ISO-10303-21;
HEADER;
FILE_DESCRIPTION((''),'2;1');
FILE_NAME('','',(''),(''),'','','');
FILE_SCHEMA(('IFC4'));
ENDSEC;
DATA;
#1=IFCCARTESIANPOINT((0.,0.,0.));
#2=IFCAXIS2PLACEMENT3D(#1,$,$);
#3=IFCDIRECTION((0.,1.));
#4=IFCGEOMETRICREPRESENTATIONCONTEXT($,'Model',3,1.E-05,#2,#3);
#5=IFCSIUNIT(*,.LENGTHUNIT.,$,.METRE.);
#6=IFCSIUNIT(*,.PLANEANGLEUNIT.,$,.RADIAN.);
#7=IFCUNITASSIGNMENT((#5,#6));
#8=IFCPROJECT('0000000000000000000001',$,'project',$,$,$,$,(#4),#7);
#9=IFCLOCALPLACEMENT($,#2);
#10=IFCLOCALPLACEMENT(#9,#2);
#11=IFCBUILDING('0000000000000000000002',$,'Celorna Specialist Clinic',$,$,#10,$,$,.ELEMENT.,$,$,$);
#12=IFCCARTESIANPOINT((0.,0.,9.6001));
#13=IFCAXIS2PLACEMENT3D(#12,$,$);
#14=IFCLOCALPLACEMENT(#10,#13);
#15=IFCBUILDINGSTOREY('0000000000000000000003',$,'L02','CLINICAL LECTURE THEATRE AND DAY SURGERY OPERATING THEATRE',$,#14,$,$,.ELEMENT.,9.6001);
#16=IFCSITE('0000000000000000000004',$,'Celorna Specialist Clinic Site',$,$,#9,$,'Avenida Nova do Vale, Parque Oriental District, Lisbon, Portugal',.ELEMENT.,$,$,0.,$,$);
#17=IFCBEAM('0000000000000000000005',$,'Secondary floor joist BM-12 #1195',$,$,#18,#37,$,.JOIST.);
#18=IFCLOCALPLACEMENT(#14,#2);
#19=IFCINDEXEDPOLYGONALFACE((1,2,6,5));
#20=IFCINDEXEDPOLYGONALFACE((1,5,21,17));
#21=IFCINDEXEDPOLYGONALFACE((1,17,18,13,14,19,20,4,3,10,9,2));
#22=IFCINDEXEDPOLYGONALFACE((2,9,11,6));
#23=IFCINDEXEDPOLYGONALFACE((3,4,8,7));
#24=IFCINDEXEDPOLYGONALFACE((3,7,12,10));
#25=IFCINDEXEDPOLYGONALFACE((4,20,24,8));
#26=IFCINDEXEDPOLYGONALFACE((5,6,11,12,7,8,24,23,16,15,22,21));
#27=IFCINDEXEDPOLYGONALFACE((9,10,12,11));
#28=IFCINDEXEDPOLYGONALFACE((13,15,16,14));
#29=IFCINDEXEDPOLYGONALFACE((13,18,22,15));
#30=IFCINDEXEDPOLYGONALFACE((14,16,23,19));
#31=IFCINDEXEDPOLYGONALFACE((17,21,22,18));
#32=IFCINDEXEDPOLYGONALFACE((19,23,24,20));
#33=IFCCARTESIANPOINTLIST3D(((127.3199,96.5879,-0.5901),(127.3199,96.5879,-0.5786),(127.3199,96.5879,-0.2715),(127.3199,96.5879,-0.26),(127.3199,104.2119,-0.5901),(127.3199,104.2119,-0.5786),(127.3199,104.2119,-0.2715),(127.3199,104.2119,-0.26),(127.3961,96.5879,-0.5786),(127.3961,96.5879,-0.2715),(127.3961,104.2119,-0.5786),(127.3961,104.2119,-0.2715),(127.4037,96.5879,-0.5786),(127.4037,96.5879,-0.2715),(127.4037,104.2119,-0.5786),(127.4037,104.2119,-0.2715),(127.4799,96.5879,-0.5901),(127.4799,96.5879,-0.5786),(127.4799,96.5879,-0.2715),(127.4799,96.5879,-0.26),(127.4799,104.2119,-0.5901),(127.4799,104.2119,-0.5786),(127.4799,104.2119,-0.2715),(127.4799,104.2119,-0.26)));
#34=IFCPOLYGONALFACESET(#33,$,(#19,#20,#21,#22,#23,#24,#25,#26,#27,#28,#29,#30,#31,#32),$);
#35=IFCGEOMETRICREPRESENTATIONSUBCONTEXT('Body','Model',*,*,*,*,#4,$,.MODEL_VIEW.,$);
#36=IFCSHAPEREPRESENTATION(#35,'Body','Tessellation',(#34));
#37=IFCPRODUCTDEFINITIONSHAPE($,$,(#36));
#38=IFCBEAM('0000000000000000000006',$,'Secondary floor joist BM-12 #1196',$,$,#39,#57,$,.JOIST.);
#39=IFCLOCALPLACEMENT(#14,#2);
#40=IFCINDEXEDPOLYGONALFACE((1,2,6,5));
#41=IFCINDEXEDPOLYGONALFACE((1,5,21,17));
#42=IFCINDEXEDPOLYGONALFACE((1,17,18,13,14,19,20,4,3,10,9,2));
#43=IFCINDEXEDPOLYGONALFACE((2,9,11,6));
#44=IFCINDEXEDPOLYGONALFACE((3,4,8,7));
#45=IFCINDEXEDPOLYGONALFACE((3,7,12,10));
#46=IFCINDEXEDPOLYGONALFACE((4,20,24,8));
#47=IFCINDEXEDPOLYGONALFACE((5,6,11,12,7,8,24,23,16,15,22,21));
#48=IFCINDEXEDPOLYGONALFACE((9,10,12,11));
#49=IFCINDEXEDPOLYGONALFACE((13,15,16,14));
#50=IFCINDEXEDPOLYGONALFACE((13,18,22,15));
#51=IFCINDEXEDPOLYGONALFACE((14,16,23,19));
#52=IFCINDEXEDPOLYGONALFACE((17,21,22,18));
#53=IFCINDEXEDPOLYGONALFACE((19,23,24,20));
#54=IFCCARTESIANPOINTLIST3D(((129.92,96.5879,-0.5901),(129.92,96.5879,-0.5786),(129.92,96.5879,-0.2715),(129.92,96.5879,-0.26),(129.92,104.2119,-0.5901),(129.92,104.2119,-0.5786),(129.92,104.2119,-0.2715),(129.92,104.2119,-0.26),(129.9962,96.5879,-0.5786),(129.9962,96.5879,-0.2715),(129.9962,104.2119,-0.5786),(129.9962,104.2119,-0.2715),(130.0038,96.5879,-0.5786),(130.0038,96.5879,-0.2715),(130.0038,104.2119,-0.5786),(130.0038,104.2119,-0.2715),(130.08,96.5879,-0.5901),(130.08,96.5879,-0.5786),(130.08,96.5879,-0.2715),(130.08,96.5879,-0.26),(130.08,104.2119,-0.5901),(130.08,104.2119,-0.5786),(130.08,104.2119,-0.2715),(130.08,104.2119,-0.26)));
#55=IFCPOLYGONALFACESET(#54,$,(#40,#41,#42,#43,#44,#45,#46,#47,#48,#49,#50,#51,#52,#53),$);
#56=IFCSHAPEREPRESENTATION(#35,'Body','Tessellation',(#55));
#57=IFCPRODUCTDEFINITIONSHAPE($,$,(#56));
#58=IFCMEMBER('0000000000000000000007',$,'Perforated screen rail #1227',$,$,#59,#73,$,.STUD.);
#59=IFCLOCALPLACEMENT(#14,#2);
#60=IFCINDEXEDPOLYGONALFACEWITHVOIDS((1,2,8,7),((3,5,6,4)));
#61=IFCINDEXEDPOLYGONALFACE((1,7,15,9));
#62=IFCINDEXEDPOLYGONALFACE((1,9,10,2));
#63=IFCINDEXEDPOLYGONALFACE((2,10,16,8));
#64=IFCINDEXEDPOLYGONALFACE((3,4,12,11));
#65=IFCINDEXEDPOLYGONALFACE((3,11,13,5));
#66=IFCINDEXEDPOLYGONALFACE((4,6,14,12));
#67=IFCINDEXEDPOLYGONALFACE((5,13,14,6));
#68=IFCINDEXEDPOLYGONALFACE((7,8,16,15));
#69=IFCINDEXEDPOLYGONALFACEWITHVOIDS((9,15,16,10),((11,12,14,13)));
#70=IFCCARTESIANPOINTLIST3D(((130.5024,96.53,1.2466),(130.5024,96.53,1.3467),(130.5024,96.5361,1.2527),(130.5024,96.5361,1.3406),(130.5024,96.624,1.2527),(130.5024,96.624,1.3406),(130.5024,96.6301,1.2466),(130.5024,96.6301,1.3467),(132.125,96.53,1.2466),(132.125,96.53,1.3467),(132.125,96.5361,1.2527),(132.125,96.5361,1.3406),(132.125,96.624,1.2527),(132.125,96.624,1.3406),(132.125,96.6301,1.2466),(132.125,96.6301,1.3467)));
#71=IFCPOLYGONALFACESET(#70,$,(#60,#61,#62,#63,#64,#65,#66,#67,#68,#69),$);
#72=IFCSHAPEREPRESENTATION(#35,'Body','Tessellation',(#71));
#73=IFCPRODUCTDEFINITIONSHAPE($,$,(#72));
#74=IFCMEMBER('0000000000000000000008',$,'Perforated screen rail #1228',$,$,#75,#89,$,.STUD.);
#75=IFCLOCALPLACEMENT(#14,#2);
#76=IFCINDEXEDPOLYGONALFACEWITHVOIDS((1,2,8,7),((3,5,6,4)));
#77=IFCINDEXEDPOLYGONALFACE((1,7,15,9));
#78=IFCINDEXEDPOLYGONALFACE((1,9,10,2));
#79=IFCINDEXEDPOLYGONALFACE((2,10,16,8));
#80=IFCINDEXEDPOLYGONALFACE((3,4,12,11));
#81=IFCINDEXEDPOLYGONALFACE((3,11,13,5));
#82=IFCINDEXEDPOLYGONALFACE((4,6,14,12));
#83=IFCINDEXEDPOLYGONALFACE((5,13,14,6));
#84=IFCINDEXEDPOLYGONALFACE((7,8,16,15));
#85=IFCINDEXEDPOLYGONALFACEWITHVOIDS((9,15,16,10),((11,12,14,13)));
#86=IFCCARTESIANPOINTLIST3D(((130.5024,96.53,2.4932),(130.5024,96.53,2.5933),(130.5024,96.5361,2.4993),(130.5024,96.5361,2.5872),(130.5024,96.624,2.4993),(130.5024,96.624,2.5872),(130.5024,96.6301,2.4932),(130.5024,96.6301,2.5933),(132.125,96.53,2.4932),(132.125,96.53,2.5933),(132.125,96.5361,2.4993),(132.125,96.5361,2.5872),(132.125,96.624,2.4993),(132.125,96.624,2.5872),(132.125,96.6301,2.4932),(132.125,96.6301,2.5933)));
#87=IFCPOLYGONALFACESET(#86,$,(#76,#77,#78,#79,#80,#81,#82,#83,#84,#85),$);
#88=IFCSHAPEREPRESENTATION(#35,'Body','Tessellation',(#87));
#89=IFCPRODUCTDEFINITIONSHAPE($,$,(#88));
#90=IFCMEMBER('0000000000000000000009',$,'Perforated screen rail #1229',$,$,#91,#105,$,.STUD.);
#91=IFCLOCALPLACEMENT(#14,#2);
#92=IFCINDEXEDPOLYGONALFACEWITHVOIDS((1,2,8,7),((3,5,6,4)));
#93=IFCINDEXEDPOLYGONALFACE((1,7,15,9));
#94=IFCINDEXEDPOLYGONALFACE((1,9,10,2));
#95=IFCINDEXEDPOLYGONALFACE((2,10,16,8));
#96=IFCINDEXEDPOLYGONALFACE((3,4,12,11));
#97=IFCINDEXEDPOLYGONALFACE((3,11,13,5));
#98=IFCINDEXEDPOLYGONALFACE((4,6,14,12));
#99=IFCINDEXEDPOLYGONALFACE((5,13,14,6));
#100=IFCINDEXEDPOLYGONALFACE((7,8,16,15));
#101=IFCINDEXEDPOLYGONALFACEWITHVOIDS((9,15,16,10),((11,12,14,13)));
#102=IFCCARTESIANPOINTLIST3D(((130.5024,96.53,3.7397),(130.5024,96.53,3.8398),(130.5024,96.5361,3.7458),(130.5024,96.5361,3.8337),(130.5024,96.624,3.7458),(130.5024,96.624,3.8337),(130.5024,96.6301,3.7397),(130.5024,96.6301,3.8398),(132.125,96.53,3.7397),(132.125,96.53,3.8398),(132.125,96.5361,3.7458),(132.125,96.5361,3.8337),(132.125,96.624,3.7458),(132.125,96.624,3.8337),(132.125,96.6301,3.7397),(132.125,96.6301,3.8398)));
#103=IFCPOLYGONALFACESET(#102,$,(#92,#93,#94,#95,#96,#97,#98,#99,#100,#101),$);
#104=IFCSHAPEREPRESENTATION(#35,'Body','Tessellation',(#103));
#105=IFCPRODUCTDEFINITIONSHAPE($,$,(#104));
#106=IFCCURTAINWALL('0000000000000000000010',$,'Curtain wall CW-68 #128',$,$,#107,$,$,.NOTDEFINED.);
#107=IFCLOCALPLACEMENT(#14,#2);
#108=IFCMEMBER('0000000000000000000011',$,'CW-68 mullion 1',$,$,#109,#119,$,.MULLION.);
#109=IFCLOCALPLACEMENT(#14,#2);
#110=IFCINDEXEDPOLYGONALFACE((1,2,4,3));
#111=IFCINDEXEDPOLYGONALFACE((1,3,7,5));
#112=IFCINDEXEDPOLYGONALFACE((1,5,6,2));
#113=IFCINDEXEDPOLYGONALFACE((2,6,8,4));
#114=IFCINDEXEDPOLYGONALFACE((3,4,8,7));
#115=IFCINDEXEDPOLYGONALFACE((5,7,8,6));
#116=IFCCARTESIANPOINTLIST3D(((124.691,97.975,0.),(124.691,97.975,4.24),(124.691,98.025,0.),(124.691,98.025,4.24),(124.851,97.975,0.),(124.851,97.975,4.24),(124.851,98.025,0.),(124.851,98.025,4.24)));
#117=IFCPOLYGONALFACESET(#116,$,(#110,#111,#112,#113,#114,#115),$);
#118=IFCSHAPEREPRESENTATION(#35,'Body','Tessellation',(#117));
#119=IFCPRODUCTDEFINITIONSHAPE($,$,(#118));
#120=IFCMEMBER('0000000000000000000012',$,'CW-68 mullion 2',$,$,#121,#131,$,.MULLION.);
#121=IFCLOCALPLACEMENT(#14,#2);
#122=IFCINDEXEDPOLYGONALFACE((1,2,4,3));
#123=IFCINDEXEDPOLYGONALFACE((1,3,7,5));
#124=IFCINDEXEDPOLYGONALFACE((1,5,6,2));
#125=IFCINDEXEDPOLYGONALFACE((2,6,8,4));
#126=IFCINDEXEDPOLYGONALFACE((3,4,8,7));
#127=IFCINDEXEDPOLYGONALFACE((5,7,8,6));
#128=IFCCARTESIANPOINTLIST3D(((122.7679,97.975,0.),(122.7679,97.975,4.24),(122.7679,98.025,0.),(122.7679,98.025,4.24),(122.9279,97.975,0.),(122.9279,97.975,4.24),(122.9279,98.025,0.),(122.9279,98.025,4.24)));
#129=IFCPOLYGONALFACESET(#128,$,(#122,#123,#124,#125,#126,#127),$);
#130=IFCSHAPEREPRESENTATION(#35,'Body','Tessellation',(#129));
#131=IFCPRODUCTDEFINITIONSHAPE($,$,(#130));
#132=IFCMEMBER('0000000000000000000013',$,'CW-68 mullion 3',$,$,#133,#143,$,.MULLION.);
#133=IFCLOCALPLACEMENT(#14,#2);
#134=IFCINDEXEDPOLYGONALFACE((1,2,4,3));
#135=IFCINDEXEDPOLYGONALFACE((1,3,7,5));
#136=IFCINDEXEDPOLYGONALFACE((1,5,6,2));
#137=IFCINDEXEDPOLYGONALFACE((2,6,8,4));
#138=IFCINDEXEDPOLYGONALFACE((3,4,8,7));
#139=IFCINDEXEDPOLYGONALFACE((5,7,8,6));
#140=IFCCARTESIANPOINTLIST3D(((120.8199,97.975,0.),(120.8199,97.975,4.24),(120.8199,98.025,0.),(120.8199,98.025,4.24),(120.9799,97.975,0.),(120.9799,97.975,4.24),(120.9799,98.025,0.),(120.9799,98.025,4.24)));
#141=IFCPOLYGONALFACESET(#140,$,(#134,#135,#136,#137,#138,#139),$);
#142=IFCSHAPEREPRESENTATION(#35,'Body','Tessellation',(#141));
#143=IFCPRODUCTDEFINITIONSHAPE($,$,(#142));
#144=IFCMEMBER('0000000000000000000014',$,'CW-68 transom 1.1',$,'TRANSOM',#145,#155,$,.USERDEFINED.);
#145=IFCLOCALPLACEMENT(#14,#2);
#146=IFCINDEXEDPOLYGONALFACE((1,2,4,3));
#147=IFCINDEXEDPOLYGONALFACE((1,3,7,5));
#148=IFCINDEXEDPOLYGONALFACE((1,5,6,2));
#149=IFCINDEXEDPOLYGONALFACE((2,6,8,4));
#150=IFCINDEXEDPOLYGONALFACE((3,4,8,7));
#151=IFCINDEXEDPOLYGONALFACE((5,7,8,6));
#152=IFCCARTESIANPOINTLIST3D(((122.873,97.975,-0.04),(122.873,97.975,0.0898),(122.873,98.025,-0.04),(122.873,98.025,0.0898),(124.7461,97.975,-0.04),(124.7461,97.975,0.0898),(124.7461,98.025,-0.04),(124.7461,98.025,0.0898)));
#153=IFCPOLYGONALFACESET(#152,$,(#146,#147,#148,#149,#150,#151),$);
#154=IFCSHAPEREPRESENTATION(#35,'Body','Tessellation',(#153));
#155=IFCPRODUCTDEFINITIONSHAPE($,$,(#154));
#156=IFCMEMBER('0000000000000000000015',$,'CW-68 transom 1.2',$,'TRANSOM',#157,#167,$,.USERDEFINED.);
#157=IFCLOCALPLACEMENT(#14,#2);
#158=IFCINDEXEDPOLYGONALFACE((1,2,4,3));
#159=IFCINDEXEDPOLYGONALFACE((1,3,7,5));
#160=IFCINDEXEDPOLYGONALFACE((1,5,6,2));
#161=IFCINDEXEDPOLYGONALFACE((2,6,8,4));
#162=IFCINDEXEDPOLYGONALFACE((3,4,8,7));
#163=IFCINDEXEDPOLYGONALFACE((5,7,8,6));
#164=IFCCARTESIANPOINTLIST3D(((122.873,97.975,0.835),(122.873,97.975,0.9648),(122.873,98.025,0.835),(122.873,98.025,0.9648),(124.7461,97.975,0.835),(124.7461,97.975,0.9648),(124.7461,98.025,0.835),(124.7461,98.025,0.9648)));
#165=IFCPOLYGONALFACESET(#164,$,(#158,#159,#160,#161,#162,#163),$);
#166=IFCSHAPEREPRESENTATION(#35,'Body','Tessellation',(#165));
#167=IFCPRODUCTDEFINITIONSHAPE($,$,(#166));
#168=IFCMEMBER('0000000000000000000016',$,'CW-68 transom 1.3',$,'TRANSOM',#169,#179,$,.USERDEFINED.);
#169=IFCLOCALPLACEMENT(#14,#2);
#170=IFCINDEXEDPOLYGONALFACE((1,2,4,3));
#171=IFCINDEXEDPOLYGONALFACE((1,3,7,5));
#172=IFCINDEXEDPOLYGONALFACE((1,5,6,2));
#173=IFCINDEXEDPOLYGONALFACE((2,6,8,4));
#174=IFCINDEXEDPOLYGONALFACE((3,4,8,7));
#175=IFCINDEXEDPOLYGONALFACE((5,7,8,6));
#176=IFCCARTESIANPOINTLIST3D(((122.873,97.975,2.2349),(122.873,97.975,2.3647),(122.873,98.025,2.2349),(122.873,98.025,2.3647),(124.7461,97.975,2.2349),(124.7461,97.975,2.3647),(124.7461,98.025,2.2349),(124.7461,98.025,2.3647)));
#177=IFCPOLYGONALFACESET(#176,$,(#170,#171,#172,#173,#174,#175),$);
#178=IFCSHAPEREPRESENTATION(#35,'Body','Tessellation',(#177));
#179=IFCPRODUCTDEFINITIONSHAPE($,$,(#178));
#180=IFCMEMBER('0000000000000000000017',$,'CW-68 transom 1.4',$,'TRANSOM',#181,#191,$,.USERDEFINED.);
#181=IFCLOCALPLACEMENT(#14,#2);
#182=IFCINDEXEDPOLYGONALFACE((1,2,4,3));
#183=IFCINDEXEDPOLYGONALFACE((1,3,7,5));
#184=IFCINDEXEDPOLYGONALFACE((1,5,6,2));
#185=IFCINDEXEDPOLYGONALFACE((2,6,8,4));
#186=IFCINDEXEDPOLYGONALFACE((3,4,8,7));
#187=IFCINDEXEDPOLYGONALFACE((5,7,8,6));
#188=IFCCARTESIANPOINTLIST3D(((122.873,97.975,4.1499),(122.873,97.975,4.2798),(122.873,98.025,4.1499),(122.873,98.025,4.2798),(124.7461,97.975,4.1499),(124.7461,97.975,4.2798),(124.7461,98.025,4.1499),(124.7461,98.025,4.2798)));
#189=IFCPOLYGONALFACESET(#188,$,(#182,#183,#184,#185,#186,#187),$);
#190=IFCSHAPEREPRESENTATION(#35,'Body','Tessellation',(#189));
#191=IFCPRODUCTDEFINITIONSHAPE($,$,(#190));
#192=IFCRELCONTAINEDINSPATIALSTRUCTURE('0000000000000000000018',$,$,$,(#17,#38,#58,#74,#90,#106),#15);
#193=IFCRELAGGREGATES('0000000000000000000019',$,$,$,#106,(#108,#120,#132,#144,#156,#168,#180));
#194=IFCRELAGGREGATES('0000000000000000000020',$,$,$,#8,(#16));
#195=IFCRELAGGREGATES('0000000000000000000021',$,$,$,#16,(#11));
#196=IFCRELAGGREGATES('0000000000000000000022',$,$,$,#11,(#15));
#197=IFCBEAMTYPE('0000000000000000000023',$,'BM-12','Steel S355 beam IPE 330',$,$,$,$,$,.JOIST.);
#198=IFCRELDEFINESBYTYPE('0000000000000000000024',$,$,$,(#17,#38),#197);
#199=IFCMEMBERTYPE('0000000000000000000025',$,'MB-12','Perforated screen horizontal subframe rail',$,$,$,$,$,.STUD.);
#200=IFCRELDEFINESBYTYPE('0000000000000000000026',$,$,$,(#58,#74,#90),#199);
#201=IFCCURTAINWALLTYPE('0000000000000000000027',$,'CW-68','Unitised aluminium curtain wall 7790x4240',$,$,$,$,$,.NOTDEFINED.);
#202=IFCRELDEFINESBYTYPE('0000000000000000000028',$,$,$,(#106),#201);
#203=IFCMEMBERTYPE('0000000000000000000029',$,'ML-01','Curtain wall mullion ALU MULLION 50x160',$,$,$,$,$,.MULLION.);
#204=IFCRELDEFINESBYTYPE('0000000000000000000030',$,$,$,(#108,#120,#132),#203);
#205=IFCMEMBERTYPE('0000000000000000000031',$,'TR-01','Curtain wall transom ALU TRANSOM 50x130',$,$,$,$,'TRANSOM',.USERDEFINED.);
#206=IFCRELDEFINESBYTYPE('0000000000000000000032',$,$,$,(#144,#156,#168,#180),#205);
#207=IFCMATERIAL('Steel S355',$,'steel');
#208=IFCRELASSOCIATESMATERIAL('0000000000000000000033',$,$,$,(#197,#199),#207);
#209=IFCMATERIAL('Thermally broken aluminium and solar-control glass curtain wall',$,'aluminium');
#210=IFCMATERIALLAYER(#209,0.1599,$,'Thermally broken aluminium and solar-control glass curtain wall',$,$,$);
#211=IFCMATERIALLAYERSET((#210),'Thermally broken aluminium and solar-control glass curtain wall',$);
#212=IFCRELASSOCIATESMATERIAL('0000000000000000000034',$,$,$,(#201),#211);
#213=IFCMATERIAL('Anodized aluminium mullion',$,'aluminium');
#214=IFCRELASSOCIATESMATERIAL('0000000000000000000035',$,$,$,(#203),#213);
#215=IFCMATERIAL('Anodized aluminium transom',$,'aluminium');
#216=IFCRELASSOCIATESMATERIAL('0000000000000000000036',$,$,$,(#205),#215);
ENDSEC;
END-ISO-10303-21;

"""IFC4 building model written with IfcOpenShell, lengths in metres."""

from ifc_helpers import new_model, si_unit, direction, frame, origin, origin_2d, place, context, subcontext, project, spatial, rectangle, hollow_rectangle, i_section, extrude, material, layer, layer_set, material_profile, profile_set, type_object, element, aggregate, save


model = new_model("IFC4")

# Units and contexts
model_context = context("Model", 3, precision=1e-05, world=origin(), true_north=direction((0.0, 1.0)))
body_context = subcontext(model_context, "Body", "Model", "MODEL_VIEW")
ifc_project = project(units=[si_unit("LENGTHUNIT", "METRE"), si_unit("PLANEANGLEUNIT", "RADIAN")], contexts=[model_context])

# Site, building, storey
site_placement = place(None, origin())
site = spatial("IfcSite", under=ifc_project, at=site_placement, Name="Celorna Specialist Clinic Site", LongName="Avenida Nova do Vale, Parque Oriental District, Lisbon, Portugal", CompositionType="ELEMENT", RefElevation=0.0)
building_placement = place(site_placement, origin())
building = spatial("IfcBuilding", under=site, at=building_placement, Name="Celorna Specialist Clinic", CompositionType="ELEMENT")
storey_placement = place(building_placement, frame((0.0, 0.0, 9.6001)))
storey = spatial("IfcBuildingStorey", under=building, at=storey_placement, Name="L02", Description="CLINICAL LECTURE THEATRE AND DAY SURGERY OPERATING THEATRE", CompositionType="ELEMENT", Elevation=9.6001)

# Beams
ifc_material_1 = material(Name="Steel S355", Category="steel")
ifc_material_profile_1 = material_profile(ifc_material_1, i_section(OverallWidth=0.1599, OverallDepth=0.3301, WebThickness=0.0076, FlangeThickness=0.0115, at=origin_2d()), Name="IPE 330")
ifc_profile_set_1 = profile_set([ifc_material_profile_1], Name="Steel S355")
beam_type = type_object("IfcBeamType", Name="BM-12", Description="Steel S355 beam IPE 330", PredefinedType="JOIST", material=ifc_profile_set_1)
for number, where, z_axis, x_axis, name in (
    (1, (127.3999, 96.5879, -0.425), (0.0, 1.0, 0.0), (-1.0, 0.0, 0.0), "Secondary floor joist BM-12 #1195"),
    (2, (130.0, 96.5879, -0.425), (0.0, 1.0, 0.0), (-1.0, 0.0, 0.0), "Secondary floor joist BM-12 #1196"),
):
    element("IfcBeam", number, at=place(storey_placement, frame(where, z_axis=z_axis, x_axis=x_axis)), inside=storey, type_object=beam_type, Name=name, PredefinedType="JOIST", context=body_context, shape_type="SweptSolid", body=[
        extrude(i_section(OverallWidth=0.1599, OverallDepth=0.3301, WebThickness=0.0076, FlangeThickness=0.0115, at=origin_2d()), origin(), (0.0, 0.0, 1.0), 7.624),
    ])

# Members
ifc_material_profile_2 = material_profile(ifc_material_1, hollow_rectangle(XDim=0.1001, YDim=0.1001, WallThickness=0.0061, at=origin_2d()), Name="SHS 100x100x6")
ifc_profile_set_2 = profile_set([ifc_material_profile_2], Name="Steel S355")
member_type_1 = type_object("IfcMemberType", Name="MB-12", Description="Perforated screen horizontal subframe rail", PredefinedType="STUD", material=ifc_profile_set_2)
for number, where, z_axis, x_axis, name in (
    (3, (130.5024, 96.5801, 1.2966), (1.0, 0.0, 0.0), (0.0, 1.0, 0.0), "Perforated screen rail #1227"),
    (4, (130.5024, 96.5801, 2.5432), (1.0, 0.0, 0.0), (0.0, 1.0, 0.0), "Perforated screen rail #1228"),
    (5, (130.5024, 96.5801, 3.7898), (1.0, 0.0, 0.0), (0.0, 1.0, 0.0), "Perforated screen rail #1229"),
):
    element("IfcMember", number, at=place(storey_placement, frame(where, z_axis=z_axis, x_axis=x_axis)), inside=storey, type_object=member_type_1, Name=name, PredefinedType="STUD", context=body_context, shape_type="SweptSolid", body=[
        extrude(hollow_rectangle(XDim=0.1001, YDim=0.1001, WallThickness=0.0061, at=origin_2d()), origin(), (0.0, 0.0, 1.0), 1.6226),
    ])

# Curtain wall, members
ifc_material_2 = material(Name="Thermally broken aluminium and solar-control glass curtain wall", Category="aluminium")
ifc_layer_1 = layer(ifc_material_2, 0.1599, Name="Thermally broken aluminium and solar-control glass curtain wall")
ifc_layer_set_1 = layer_set([ifc_layer_1], Name="Thermally broken aluminium and solar-control glass curtain wall")
curtain_wall_type = type_object("IfcCurtainWallType", Name="CW-68", Description="Unitised aluminium curtain wall 7790x4240", PredefinedType="NOTDEFINED", material=ifc_layer_set_1)
curtain_wall_placement = place(storey_placement, origin())
curtain_wall = element("IfcCurtainWall", 6, at=curtain_wall_placement, inside=storey, type_object=curtain_wall_type, Name="Curtain wall CW-68 #128", PredefinedType="NOTDEFINED")
ifc_material_3 = material(Name="Anodized aluminium mullion", Category="aluminium")
ifc_material_profile_3 = material_profile(ifc_material_3, rectangle(XDim=0.05, YDim=0.1599, at=origin_2d()), Name="ALU MULLION 50x160")
ifc_profile_set_3 = profile_set([ifc_material_profile_3], Name="Anodized aluminium mullion")
member_type_2 = type_object("IfcMemberType", Name="ML-01", Description="Curtain wall mullion ALU MULLION 50x160", PredefinedType="MULLION", material=ifc_profile_set_3)
member_1_placement = place(storey_placement, frame((124.771, 98.0, 0.0), z_axis=(0.0, 0.0, 1.0), x_axis=(0.0, -1.0, 0.0)))
member_1 = element("IfcMember", 7, at=member_1_placement, type_object=member_type_2, Name="CW-68 mullion 1", PredefinedType="MULLION", context=body_context, shape_type="SweptSolid", body=[
    extrude(rectangle(XDim=0.05, YDim=0.1599, at=origin_2d()), origin(), (0.0, 0.0, 1.0), 4.24),
])
member_2_placement = place(storey_placement, frame((122.8479, 98.0, 0.0), z_axis=(0.0, 0.0, 1.0), x_axis=(0.0, -1.0, 0.0)))
member_2 = element("IfcMember", 8, at=member_2_placement, type_object=member_type_2, Name="CW-68 mullion 2", PredefinedType="MULLION", context=body_context, shape_type="SweptSolid", body=[
    extrude(rectangle(XDim=0.05, YDim=0.1599, at=origin_2d()), origin(), (0.0, 0.0, 1.0), 4.24),
])
member_3_placement = place(storey_placement, frame((120.8999, 98.0, 0.0), z_axis=(0.0, 0.0, 1.0), x_axis=(0.0, -1.0, 0.0)))
member_3 = element("IfcMember", 9, at=member_3_placement, type_object=member_type_2, Name="CW-68 mullion 3", PredefinedType="MULLION", context=body_context, shape_type="SweptSolid", body=[
    extrude(rectangle(XDim=0.05, YDim=0.1599, at=origin_2d()), origin(), (0.0, 0.0, 1.0), 4.24),
])
ifc_material_4 = material(Name="Anodized aluminium transom", Category="aluminium")
ifc_material_profile_4 = material_profile(ifc_material_4, rectangle(XDim=0.05, YDim=0.1299, at=origin_2d()), Name="ALU TRANSOM 50x130")
ifc_profile_set_4 = profile_set([ifc_material_profile_4], Name="Anodized aluminium transom")
member_type_3 = type_object("IfcMemberType", Name="TR-01", Description="Curtain wall transom ALU TRANSOM 50x130", ElementType="TRANSOM", PredefinedType="USERDEFINED", material=ifc_profile_set_4)
member_4_placement = place(storey_placement, frame((124.7461, 98.0, 0.0249), z_axis=(-1.0, 0.0, 0.0), x_axis=(0.0, -1.0, 0.0)))
member_4 = element("IfcMember", 10, at=member_4_placement, type_object=member_type_3, Name="CW-68 transom 1.1", ObjectType="TRANSOM", PredefinedType="USERDEFINED", context=body_context, shape_type="SweptSolid", body=[
    extrude(rectangle(XDim=0.05, YDim=0.1299, at=origin_2d()), origin(), (0.0, 0.0, 1.0), 1.873),
])
member_5_placement = place(storey_placement, frame((124.7461, 98.0, 0.8999), z_axis=(-1.0, 0.0, 0.0), x_axis=(0.0, -1.0, 0.0)))
member_5 = element("IfcMember", 11, at=member_5_placement, type_object=member_type_3, Name="CW-68 transom 1.2", ObjectType="TRANSOM", PredefinedType="USERDEFINED", context=body_context, shape_type="SweptSolid", body=[
    extrude(rectangle(XDim=0.05, YDim=0.1299, at=origin_2d()), origin(), (0.0, 0.0, 1.0), 1.873),
])
member_6_placement = place(storey_placement, frame((124.7461, 98.0, 2.2998), z_axis=(-1.0, 0.0, 0.0), x_axis=(0.0, -1.0, 0.0)))
member_6 = element("IfcMember", 12, at=member_6_placement, type_object=member_type_3, Name="CW-68 transom 1.3", ObjectType="TRANSOM", PredefinedType="USERDEFINED", context=body_context, shape_type="SweptSolid", body=[
    extrude(rectangle(XDim=0.05, YDim=0.1299, at=origin_2d()), origin(), (0.0, 0.0, 1.0), 1.873),
])
member_7_placement = place(storey_placement, frame((124.7461, 98.0, 4.2148), z_axis=(-1.0, 0.0, 0.0), x_axis=(0.0, -1.0, 0.0)))
member_7 = element("IfcMember", 13, at=member_7_placement, type_object=member_type_3, Name="CW-68 transom 1.4", ObjectType="TRANSOM", PredefinedType="USERDEFINED", context=body_context, shape_type="SweptSolid", body=[
    extrude(rectangle(XDim=0.05, YDim=0.1299, at=origin_2d()), origin(), (0.0, 0.0, 1.0), 1.873),
])
aggregate(curtain_wall, [member_1, member_2, member_3, member_4, member_5, member_6, member_7])

save(model, "model.ifc")
